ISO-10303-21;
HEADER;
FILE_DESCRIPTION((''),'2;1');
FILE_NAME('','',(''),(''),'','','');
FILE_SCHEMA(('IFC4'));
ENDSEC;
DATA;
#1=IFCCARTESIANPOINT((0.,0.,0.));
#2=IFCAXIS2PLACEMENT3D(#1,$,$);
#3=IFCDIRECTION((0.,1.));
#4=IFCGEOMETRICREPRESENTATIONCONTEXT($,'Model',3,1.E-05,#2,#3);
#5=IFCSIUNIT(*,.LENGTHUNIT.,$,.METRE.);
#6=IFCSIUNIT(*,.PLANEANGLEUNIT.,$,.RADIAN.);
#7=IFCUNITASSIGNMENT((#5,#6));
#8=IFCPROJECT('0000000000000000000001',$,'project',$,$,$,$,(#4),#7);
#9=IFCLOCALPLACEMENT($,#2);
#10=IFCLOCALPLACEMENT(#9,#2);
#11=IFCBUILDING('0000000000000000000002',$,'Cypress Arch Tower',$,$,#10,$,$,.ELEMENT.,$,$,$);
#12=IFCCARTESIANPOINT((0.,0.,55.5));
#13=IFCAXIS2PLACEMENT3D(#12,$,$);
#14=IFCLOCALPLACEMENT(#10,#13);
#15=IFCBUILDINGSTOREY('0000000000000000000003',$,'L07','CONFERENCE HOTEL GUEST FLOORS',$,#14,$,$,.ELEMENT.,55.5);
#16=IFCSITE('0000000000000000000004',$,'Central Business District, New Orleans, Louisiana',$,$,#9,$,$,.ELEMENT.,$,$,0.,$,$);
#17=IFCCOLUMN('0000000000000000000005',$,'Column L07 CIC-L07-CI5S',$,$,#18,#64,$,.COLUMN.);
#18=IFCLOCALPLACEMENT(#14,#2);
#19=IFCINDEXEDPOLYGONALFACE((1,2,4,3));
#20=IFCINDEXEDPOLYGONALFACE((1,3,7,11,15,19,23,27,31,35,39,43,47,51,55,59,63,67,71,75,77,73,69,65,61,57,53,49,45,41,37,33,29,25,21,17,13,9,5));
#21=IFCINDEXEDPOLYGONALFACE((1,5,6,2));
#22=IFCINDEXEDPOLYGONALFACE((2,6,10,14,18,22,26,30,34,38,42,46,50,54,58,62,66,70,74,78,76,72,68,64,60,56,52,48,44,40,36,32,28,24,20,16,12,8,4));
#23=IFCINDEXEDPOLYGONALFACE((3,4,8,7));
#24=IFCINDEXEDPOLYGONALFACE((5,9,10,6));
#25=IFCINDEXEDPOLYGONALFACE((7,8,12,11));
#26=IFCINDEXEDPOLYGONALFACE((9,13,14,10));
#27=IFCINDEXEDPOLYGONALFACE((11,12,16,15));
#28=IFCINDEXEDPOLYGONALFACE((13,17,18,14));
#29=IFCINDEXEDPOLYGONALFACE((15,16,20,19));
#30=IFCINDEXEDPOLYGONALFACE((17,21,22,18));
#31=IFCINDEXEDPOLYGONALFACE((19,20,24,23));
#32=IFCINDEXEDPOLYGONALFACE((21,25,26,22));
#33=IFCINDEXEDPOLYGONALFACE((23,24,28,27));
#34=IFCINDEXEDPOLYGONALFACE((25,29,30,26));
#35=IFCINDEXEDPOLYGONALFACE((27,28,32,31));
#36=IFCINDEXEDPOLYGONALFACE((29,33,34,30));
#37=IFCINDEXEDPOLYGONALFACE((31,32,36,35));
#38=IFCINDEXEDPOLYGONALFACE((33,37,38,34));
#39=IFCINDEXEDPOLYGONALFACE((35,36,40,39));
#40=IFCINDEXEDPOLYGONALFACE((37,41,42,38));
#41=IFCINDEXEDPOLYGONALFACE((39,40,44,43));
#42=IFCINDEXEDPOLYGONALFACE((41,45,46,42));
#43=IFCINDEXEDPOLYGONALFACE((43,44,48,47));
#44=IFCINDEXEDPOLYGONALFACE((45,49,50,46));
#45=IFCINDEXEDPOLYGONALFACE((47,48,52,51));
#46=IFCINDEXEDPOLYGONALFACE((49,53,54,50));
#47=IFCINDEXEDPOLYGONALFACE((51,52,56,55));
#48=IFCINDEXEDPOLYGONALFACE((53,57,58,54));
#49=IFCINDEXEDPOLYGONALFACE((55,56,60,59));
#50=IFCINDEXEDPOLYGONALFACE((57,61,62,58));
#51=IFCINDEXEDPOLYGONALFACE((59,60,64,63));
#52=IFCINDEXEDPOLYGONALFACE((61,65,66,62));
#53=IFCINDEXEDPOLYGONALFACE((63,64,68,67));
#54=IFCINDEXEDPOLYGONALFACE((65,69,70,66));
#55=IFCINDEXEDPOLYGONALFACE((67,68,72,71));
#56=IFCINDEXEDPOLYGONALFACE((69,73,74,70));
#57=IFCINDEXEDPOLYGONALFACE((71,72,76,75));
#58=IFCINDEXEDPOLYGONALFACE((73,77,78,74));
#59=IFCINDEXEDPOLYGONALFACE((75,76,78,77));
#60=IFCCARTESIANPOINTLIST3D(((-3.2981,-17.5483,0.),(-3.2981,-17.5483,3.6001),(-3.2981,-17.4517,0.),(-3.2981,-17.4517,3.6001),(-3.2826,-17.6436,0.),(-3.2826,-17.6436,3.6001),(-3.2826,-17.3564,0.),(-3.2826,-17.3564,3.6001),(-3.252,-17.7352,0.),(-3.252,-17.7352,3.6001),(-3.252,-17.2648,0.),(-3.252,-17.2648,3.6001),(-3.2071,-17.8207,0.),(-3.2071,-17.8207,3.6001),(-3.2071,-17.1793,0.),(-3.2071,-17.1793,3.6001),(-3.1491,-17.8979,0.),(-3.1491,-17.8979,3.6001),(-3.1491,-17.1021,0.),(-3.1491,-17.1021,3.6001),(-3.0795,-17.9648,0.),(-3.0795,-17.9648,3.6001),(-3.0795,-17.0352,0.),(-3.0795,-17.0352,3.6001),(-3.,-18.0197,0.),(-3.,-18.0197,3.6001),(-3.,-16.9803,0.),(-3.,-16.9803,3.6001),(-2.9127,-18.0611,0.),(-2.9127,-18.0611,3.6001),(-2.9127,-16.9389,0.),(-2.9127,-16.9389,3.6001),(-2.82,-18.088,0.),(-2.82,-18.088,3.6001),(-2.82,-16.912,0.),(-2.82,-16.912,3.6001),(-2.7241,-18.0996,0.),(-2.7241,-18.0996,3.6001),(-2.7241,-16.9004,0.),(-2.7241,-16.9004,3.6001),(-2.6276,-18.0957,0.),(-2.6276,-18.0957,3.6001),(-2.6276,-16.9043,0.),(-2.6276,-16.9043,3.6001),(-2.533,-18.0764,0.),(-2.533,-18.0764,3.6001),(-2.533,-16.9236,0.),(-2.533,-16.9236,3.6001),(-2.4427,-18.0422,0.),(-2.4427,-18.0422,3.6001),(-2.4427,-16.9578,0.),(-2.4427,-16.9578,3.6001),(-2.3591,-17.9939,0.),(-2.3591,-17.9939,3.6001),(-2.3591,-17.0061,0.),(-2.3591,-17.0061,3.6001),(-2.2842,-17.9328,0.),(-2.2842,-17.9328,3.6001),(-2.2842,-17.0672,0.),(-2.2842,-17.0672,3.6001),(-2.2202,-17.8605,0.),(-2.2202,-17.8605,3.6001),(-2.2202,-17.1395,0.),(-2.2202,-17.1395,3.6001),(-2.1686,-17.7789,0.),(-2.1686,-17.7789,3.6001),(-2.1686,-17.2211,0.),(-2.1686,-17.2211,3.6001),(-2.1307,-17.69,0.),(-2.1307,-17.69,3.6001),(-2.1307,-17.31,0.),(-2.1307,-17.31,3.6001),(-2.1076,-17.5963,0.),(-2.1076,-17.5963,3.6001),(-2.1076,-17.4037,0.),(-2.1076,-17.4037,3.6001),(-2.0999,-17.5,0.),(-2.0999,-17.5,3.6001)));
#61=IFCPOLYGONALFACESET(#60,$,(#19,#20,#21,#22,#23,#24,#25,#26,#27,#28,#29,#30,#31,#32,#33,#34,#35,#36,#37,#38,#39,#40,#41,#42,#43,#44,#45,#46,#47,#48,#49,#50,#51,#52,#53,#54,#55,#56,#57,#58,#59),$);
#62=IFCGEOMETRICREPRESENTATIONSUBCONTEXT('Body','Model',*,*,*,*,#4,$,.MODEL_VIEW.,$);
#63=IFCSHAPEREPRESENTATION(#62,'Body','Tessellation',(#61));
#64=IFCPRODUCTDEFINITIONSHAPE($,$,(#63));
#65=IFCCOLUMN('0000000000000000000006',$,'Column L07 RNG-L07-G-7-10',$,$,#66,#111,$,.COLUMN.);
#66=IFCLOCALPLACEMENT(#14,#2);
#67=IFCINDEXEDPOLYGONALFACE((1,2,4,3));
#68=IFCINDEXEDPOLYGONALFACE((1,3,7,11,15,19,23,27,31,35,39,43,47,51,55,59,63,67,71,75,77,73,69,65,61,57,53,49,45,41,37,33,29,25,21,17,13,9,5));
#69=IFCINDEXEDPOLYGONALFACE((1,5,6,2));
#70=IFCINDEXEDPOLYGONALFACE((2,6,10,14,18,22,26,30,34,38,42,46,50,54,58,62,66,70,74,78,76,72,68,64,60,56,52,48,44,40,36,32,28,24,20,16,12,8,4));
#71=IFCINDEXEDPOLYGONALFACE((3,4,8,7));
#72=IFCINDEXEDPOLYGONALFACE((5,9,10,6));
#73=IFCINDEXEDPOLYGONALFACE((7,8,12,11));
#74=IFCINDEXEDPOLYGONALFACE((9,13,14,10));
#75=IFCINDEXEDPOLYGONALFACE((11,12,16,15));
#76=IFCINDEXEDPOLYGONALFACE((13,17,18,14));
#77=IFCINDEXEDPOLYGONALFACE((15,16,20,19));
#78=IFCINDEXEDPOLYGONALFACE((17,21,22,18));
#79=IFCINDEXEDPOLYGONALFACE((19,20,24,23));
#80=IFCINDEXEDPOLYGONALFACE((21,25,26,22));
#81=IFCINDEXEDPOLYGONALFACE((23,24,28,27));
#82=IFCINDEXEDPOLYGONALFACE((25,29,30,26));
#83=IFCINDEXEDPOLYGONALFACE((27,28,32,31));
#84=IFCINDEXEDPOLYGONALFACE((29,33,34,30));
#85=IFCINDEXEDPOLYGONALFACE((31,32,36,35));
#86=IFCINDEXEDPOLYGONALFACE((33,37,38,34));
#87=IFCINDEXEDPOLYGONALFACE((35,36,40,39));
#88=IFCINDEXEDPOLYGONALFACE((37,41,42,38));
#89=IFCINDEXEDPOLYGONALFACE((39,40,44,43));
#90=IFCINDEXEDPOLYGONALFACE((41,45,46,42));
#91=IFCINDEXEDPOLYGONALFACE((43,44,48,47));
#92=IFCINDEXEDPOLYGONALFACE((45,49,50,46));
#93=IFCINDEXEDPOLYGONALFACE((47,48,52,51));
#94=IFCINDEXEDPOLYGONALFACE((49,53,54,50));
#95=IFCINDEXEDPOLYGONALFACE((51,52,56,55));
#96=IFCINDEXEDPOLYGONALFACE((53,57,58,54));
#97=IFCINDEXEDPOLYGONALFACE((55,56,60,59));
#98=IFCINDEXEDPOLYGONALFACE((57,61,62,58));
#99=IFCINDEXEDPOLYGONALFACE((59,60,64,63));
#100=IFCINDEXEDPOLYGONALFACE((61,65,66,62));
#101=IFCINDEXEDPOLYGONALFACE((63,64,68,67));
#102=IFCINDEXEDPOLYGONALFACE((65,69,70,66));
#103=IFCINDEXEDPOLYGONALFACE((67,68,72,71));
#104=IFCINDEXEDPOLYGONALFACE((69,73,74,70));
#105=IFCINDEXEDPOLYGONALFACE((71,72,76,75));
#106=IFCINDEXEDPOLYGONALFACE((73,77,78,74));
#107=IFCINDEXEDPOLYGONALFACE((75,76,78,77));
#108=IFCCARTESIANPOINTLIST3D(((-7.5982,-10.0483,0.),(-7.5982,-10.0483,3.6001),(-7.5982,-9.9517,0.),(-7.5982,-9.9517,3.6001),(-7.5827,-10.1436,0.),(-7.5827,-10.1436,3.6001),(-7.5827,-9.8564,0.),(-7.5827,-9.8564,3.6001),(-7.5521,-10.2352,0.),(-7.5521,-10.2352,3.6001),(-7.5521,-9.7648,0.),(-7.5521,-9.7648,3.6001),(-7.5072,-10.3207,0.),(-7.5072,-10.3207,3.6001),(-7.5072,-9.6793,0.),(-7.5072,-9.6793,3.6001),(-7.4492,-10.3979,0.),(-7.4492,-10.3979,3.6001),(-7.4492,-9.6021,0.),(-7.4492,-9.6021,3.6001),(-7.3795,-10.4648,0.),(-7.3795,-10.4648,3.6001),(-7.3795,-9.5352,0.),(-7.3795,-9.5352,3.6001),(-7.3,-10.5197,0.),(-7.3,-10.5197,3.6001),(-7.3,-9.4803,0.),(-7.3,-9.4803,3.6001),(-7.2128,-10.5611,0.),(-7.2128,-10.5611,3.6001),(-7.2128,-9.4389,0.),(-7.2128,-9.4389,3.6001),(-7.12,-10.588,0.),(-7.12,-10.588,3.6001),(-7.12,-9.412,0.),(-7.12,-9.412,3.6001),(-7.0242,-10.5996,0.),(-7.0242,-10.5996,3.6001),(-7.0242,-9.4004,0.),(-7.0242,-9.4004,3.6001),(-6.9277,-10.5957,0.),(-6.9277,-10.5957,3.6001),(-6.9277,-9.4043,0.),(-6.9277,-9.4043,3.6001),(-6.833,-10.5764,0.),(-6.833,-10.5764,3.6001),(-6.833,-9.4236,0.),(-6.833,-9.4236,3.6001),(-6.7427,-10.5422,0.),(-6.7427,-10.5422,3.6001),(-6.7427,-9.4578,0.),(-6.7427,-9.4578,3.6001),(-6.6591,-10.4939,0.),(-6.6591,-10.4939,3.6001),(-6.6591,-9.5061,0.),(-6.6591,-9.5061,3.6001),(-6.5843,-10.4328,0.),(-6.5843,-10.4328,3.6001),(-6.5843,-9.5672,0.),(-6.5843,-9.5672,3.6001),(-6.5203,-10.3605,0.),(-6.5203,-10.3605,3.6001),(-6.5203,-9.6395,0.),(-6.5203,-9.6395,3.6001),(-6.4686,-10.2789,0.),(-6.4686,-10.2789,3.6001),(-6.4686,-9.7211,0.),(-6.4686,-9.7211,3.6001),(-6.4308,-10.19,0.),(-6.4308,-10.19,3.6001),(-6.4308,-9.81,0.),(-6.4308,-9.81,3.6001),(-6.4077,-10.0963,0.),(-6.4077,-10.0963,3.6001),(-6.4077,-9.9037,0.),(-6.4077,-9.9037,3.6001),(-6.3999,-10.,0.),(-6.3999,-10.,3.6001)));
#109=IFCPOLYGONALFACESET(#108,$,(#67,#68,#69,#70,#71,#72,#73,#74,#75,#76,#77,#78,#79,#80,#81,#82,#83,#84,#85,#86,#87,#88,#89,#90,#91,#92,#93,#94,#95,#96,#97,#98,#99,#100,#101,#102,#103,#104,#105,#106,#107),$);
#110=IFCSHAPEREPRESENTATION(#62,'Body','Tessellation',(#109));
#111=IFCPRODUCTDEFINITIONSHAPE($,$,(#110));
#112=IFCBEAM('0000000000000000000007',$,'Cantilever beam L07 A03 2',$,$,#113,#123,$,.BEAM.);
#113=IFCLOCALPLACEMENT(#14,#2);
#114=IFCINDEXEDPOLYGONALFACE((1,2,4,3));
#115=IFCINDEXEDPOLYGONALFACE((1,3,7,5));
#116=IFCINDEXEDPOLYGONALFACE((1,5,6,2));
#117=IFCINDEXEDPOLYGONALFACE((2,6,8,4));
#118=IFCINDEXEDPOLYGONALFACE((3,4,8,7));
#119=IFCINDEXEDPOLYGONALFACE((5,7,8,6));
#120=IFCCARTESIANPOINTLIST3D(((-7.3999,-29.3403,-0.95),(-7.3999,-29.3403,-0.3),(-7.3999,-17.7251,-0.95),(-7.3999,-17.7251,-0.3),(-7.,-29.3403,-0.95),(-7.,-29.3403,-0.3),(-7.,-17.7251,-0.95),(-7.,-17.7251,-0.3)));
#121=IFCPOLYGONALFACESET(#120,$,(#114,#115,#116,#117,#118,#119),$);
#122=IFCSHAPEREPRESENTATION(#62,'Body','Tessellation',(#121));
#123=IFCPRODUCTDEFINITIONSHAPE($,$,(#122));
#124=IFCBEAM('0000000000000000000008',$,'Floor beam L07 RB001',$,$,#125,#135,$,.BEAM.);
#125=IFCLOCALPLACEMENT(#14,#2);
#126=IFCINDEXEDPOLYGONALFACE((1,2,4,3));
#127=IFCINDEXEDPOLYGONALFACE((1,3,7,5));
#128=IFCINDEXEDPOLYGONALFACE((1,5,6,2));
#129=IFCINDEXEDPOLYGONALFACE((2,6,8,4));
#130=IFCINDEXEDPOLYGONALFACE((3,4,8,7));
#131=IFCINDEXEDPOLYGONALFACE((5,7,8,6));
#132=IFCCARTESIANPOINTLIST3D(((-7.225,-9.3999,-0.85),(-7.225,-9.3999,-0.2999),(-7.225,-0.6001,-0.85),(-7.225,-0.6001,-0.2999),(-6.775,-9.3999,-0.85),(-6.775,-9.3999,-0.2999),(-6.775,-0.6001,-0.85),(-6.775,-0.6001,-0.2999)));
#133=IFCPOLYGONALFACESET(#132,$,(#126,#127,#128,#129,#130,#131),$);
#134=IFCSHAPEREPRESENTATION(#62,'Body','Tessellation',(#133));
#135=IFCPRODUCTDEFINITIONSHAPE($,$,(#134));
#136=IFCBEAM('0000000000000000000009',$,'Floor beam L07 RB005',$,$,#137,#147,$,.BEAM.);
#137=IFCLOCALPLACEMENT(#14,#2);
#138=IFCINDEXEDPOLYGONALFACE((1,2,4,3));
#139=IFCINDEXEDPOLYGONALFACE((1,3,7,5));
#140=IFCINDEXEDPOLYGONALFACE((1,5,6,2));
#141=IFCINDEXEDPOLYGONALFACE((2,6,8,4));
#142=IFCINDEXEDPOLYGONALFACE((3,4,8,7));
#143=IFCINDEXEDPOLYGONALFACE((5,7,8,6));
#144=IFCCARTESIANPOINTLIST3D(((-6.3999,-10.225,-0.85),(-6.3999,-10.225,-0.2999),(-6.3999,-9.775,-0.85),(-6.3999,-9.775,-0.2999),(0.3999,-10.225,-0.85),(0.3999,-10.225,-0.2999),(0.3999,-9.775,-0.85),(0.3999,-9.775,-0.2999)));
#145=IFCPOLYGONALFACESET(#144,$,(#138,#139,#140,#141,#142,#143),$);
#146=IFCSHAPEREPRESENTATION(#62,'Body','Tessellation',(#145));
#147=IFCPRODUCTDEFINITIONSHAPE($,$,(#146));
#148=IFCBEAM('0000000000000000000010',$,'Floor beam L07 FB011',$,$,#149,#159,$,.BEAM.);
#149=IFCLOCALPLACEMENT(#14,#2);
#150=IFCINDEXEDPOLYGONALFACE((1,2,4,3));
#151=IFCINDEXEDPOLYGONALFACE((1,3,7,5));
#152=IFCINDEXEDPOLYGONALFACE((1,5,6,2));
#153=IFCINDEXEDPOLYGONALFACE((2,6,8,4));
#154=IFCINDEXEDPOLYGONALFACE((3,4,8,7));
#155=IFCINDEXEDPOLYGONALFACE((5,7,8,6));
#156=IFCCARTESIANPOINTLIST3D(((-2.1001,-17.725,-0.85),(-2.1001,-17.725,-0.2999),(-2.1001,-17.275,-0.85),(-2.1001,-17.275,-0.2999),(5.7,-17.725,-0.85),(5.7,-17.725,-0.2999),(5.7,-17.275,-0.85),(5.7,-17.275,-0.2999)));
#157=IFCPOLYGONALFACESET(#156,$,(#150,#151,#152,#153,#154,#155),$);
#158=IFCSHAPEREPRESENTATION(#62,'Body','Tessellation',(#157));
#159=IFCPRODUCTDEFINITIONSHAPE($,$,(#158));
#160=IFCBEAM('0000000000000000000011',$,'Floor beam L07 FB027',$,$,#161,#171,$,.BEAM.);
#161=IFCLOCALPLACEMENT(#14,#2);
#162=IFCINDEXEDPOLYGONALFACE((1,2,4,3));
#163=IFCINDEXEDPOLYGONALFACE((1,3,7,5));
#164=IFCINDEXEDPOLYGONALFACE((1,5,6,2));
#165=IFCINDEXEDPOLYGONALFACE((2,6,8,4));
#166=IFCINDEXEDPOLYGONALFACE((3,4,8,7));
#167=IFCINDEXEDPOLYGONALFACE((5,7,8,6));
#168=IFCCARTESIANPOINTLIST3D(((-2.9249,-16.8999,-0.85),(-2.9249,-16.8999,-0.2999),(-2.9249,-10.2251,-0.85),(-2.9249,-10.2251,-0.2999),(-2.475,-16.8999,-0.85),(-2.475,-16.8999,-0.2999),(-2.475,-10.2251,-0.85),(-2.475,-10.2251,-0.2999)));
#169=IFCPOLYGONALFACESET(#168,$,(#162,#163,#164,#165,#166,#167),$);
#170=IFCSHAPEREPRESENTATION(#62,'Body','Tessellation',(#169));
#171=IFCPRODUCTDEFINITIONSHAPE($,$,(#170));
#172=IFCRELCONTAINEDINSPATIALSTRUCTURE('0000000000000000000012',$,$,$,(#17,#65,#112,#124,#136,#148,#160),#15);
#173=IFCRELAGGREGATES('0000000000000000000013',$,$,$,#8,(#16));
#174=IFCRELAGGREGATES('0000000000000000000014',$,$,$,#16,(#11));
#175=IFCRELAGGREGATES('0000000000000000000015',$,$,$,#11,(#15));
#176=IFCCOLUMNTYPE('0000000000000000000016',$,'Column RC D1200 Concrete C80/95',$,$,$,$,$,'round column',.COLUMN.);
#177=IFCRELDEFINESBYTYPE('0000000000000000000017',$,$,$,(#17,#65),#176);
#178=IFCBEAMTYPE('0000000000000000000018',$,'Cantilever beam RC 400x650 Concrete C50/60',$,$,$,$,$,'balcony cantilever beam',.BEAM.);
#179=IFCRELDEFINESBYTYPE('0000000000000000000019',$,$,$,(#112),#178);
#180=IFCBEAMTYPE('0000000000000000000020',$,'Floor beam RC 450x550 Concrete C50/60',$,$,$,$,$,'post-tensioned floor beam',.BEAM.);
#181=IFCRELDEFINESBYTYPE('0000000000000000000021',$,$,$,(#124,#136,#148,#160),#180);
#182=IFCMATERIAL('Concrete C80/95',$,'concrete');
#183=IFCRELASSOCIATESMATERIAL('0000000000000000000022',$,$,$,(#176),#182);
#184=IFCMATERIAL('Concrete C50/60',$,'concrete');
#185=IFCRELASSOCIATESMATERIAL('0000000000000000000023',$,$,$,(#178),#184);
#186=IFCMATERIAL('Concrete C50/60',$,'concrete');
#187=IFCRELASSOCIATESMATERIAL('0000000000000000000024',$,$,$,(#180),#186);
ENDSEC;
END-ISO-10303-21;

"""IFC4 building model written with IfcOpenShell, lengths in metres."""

from ifc_helpers import new_model, si_unit, direction, frame, origin, origin_2d, place, context, subcontext, project, spatial, rectangle, circle, extrude, material, material_profile, profile_set, type_object, element, save


model = new_model("IFC4")

# Units and contexts
model_context = context("Model", 3, precision=1e-05, world=origin(), true_north=direction((0.0, 1.0)))
body_context = subcontext(model_context, "Body", "Model", "MODEL_VIEW")
ifc_project = project(units=[si_unit("LENGTHUNIT", "METRE"), si_unit("PLANEANGLEUNIT", "RADIAN")], contexts=[model_context])

# Site, building, storey
site_placement = place(None, origin())
site = spatial("IfcSite", under=ifc_project, at=site_placement, Name="Central Business District, New Orleans, Louisiana", CompositionType="ELEMENT", RefElevation=0.0)
building_placement = place(site_placement, origin())
building = spatial("IfcBuilding", under=site, at=building_placement, Name="Cypress Arch Tower", CompositionType="ELEMENT")
storey_placement = place(building_placement, frame((0.0, 0.0, 55.5)))
storey = spatial("IfcBuildingStorey", under=building, at=storey_placement, Name="L07", Description="CONFERENCE HOTEL GUEST FLOORS", CompositionType="ELEMENT", Elevation=55.5)

# Columns
ifc_material_1 = material(Name="Concrete C80/95", Category="concrete")
ifc_material_profile_1 = material_profile(ifc_material_1, circle(Radius=0.6001, at=origin_2d()), Name="RC D1200")
ifc_profile_set_1 = profile_set([ifc_material_profile_1], Name="Concrete C80/95")
column_type = type_object("IfcColumnType", Name="Column RC D1200 Concrete C80/95", ElementType="round column", PredefinedType="COLUMN", material=ifc_profile_set_1)
for number, where, z_axis, x_axis, name in (
    (1, (-2.7, -17.5, 0.0), (0.0, 0.0, 1.0), (1.0, 0.0, 0.0), "Column L07 CIC-L07-CI5S"),
    (2, (-7.0, -10.0, 0.0), (0.0, 0.0, 1.0), (1.0, 0.0, 0.0), "Column L07 RNG-L07-G-7-10"),
):
    element("IfcColumn", number, at=place(storey_placement, frame(where, z_axis=z_axis, x_axis=x_axis)), inside=storey, type_object=column_type, Name=name, PredefinedType="COLUMN", context=body_context, shape_type="SweptSolid", body=[
        extrude(circle(Radius=0.6001, at=origin_2d()), origin(), (0.0, 0.0, 1.0), 3.6001),
    ])

# Beams
ifc_material_2 = material(Name="Concrete C50/60", Category="concrete")
ifc_material_profile_2 = material_profile(ifc_material_2, rectangle(XDim=0.3999, YDim=0.6499, at=origin_2d()), Name="RC 400x650")
ifc_profile_set_2 = profile_set([ifc_material_profile_2], Name="Concrete C50/60")
beam_type_1 = type_object("IfcBeamType", Name="Cantilever beam RC 400x650 Concrete C50/60", ElementType="balcony cantilever beam", PredefinedType="BEAM", material=ifc_profile_set_2)
beam_1_placement = place(storey_placement, frame((-7.2, -17.7251, -0.625), z_axis=(0.0, -1.0, 0.0), x_axis=(1.0, 0.0, 0.0)))
element("IfcBeam", 3, at=beam_1_placement, inside=storey, type_object=beam_type_1, Name="Cantilever beam L07 A03 2", PredefinedType="BEAM", context=body_context, shape_type="SweptSolid", body=[
    extrude(rectangle(XDim=0.3999, YDim=0.6499, at=origin_2d()), origin(), (0.0, 0.0, 1.0), 11.6152),
])
ifc_material_3 = material(Name="Concrete C50/60", Category="concrete")
ifc_material_profile_3 = material_profile(ifc_material_3, rectangle(XDim=0.45, YDim=0.55, at=origin_2d()), Name="RC 450x550")
ifc_profile_set_3 = profile_set([ifc_material_profile_3], Name="Concrete C50/60")
beam_type_2 = type_object("IfcBeamType", Name="Floor beam RC 450x550 Concrete C50/60", ElementType="post-tensioned floor beam", PredefinedType="BEAM", material=ifc_profile_set_3)
beam_2_placement = place(storey_placement, frame((-7.0, -9.3999, -0.575), z_axis=(0.0, 1.0, 0.0), x_axis=(-1.0, 0.0, 0.0)))
element("IfcBeam", 4, at=beam_2_placement, inside=storey, type_object=beam_type_2, Name="Floor beam L07 RB001", PredefinedType="BEAM", context=body_context, shape_type="SweptSolid", body=[
    extrude(rectangle(XDim=0.45, YDim=0.55, at=origin_2d()), origin(), (0.0, 0.0, 1.0), 8.7998),
])
beam_3_placement = place(storey_placement, frame((-6.3999, -10.0, -0.575), z_axis=(1.0, 0.0, 0.0), x_axis=(0.0, 1.0, 0.0)))
element("IfcBeam", 5, at=beam_3_placement, inside=storey, type_object=beam_type_2, Name="Floor beam L07 RB005", PredefinedType="BEAM", context=body_context, shape_type="SweptSolid", body=[
    extrude(rectangle(XDim=0.45, YDim=0.55, at=origin_2d()), origin(), (0.0, 0.0, 1.0), 6.7998),
])
beam_4_placement = place(storey_placement, frame((-2.1001, -17.5, -0.575), z_axis=(1.0, 0.0, 0.0), x_axis=(0.0, 1.0, 0.0)))
element("IfcBeam", 6, at=beam_4_placement, inside=storey, type_object=beam_type_2, Name="Floor beam L07 FB011", PredefinedType="BEAM", context=body_context, shape_type="SweptSolid", body=[
    extrude(rectangle(XDim=0.45, YDim=0.55, at=origin_2d()), origin(), (0.0, 0.0, 1.0), 7.8),
])
beam_5_placement = place(storey_placement, frame((-2.7, -16.8999, -0.575), z_axis=(0.0, 1.0, 0.0), x_axis=(-1.0, 0.0, 0.0)))
element("IfcBeam", 7, at=beam_5_placement, inside=storey, type_object=beam_type_2, Name="Floor beam L07 FB027", PredefinedType="BEAM", context=body_context, shape_type="SweptSolid", body=[
    extrude(rectangle(XDim=0.45, YDim=0.55, at=origin_2d()), origin(), (0.0, 0.0, 1.0), 6.6748),
])

save(model, "model.ifc")
